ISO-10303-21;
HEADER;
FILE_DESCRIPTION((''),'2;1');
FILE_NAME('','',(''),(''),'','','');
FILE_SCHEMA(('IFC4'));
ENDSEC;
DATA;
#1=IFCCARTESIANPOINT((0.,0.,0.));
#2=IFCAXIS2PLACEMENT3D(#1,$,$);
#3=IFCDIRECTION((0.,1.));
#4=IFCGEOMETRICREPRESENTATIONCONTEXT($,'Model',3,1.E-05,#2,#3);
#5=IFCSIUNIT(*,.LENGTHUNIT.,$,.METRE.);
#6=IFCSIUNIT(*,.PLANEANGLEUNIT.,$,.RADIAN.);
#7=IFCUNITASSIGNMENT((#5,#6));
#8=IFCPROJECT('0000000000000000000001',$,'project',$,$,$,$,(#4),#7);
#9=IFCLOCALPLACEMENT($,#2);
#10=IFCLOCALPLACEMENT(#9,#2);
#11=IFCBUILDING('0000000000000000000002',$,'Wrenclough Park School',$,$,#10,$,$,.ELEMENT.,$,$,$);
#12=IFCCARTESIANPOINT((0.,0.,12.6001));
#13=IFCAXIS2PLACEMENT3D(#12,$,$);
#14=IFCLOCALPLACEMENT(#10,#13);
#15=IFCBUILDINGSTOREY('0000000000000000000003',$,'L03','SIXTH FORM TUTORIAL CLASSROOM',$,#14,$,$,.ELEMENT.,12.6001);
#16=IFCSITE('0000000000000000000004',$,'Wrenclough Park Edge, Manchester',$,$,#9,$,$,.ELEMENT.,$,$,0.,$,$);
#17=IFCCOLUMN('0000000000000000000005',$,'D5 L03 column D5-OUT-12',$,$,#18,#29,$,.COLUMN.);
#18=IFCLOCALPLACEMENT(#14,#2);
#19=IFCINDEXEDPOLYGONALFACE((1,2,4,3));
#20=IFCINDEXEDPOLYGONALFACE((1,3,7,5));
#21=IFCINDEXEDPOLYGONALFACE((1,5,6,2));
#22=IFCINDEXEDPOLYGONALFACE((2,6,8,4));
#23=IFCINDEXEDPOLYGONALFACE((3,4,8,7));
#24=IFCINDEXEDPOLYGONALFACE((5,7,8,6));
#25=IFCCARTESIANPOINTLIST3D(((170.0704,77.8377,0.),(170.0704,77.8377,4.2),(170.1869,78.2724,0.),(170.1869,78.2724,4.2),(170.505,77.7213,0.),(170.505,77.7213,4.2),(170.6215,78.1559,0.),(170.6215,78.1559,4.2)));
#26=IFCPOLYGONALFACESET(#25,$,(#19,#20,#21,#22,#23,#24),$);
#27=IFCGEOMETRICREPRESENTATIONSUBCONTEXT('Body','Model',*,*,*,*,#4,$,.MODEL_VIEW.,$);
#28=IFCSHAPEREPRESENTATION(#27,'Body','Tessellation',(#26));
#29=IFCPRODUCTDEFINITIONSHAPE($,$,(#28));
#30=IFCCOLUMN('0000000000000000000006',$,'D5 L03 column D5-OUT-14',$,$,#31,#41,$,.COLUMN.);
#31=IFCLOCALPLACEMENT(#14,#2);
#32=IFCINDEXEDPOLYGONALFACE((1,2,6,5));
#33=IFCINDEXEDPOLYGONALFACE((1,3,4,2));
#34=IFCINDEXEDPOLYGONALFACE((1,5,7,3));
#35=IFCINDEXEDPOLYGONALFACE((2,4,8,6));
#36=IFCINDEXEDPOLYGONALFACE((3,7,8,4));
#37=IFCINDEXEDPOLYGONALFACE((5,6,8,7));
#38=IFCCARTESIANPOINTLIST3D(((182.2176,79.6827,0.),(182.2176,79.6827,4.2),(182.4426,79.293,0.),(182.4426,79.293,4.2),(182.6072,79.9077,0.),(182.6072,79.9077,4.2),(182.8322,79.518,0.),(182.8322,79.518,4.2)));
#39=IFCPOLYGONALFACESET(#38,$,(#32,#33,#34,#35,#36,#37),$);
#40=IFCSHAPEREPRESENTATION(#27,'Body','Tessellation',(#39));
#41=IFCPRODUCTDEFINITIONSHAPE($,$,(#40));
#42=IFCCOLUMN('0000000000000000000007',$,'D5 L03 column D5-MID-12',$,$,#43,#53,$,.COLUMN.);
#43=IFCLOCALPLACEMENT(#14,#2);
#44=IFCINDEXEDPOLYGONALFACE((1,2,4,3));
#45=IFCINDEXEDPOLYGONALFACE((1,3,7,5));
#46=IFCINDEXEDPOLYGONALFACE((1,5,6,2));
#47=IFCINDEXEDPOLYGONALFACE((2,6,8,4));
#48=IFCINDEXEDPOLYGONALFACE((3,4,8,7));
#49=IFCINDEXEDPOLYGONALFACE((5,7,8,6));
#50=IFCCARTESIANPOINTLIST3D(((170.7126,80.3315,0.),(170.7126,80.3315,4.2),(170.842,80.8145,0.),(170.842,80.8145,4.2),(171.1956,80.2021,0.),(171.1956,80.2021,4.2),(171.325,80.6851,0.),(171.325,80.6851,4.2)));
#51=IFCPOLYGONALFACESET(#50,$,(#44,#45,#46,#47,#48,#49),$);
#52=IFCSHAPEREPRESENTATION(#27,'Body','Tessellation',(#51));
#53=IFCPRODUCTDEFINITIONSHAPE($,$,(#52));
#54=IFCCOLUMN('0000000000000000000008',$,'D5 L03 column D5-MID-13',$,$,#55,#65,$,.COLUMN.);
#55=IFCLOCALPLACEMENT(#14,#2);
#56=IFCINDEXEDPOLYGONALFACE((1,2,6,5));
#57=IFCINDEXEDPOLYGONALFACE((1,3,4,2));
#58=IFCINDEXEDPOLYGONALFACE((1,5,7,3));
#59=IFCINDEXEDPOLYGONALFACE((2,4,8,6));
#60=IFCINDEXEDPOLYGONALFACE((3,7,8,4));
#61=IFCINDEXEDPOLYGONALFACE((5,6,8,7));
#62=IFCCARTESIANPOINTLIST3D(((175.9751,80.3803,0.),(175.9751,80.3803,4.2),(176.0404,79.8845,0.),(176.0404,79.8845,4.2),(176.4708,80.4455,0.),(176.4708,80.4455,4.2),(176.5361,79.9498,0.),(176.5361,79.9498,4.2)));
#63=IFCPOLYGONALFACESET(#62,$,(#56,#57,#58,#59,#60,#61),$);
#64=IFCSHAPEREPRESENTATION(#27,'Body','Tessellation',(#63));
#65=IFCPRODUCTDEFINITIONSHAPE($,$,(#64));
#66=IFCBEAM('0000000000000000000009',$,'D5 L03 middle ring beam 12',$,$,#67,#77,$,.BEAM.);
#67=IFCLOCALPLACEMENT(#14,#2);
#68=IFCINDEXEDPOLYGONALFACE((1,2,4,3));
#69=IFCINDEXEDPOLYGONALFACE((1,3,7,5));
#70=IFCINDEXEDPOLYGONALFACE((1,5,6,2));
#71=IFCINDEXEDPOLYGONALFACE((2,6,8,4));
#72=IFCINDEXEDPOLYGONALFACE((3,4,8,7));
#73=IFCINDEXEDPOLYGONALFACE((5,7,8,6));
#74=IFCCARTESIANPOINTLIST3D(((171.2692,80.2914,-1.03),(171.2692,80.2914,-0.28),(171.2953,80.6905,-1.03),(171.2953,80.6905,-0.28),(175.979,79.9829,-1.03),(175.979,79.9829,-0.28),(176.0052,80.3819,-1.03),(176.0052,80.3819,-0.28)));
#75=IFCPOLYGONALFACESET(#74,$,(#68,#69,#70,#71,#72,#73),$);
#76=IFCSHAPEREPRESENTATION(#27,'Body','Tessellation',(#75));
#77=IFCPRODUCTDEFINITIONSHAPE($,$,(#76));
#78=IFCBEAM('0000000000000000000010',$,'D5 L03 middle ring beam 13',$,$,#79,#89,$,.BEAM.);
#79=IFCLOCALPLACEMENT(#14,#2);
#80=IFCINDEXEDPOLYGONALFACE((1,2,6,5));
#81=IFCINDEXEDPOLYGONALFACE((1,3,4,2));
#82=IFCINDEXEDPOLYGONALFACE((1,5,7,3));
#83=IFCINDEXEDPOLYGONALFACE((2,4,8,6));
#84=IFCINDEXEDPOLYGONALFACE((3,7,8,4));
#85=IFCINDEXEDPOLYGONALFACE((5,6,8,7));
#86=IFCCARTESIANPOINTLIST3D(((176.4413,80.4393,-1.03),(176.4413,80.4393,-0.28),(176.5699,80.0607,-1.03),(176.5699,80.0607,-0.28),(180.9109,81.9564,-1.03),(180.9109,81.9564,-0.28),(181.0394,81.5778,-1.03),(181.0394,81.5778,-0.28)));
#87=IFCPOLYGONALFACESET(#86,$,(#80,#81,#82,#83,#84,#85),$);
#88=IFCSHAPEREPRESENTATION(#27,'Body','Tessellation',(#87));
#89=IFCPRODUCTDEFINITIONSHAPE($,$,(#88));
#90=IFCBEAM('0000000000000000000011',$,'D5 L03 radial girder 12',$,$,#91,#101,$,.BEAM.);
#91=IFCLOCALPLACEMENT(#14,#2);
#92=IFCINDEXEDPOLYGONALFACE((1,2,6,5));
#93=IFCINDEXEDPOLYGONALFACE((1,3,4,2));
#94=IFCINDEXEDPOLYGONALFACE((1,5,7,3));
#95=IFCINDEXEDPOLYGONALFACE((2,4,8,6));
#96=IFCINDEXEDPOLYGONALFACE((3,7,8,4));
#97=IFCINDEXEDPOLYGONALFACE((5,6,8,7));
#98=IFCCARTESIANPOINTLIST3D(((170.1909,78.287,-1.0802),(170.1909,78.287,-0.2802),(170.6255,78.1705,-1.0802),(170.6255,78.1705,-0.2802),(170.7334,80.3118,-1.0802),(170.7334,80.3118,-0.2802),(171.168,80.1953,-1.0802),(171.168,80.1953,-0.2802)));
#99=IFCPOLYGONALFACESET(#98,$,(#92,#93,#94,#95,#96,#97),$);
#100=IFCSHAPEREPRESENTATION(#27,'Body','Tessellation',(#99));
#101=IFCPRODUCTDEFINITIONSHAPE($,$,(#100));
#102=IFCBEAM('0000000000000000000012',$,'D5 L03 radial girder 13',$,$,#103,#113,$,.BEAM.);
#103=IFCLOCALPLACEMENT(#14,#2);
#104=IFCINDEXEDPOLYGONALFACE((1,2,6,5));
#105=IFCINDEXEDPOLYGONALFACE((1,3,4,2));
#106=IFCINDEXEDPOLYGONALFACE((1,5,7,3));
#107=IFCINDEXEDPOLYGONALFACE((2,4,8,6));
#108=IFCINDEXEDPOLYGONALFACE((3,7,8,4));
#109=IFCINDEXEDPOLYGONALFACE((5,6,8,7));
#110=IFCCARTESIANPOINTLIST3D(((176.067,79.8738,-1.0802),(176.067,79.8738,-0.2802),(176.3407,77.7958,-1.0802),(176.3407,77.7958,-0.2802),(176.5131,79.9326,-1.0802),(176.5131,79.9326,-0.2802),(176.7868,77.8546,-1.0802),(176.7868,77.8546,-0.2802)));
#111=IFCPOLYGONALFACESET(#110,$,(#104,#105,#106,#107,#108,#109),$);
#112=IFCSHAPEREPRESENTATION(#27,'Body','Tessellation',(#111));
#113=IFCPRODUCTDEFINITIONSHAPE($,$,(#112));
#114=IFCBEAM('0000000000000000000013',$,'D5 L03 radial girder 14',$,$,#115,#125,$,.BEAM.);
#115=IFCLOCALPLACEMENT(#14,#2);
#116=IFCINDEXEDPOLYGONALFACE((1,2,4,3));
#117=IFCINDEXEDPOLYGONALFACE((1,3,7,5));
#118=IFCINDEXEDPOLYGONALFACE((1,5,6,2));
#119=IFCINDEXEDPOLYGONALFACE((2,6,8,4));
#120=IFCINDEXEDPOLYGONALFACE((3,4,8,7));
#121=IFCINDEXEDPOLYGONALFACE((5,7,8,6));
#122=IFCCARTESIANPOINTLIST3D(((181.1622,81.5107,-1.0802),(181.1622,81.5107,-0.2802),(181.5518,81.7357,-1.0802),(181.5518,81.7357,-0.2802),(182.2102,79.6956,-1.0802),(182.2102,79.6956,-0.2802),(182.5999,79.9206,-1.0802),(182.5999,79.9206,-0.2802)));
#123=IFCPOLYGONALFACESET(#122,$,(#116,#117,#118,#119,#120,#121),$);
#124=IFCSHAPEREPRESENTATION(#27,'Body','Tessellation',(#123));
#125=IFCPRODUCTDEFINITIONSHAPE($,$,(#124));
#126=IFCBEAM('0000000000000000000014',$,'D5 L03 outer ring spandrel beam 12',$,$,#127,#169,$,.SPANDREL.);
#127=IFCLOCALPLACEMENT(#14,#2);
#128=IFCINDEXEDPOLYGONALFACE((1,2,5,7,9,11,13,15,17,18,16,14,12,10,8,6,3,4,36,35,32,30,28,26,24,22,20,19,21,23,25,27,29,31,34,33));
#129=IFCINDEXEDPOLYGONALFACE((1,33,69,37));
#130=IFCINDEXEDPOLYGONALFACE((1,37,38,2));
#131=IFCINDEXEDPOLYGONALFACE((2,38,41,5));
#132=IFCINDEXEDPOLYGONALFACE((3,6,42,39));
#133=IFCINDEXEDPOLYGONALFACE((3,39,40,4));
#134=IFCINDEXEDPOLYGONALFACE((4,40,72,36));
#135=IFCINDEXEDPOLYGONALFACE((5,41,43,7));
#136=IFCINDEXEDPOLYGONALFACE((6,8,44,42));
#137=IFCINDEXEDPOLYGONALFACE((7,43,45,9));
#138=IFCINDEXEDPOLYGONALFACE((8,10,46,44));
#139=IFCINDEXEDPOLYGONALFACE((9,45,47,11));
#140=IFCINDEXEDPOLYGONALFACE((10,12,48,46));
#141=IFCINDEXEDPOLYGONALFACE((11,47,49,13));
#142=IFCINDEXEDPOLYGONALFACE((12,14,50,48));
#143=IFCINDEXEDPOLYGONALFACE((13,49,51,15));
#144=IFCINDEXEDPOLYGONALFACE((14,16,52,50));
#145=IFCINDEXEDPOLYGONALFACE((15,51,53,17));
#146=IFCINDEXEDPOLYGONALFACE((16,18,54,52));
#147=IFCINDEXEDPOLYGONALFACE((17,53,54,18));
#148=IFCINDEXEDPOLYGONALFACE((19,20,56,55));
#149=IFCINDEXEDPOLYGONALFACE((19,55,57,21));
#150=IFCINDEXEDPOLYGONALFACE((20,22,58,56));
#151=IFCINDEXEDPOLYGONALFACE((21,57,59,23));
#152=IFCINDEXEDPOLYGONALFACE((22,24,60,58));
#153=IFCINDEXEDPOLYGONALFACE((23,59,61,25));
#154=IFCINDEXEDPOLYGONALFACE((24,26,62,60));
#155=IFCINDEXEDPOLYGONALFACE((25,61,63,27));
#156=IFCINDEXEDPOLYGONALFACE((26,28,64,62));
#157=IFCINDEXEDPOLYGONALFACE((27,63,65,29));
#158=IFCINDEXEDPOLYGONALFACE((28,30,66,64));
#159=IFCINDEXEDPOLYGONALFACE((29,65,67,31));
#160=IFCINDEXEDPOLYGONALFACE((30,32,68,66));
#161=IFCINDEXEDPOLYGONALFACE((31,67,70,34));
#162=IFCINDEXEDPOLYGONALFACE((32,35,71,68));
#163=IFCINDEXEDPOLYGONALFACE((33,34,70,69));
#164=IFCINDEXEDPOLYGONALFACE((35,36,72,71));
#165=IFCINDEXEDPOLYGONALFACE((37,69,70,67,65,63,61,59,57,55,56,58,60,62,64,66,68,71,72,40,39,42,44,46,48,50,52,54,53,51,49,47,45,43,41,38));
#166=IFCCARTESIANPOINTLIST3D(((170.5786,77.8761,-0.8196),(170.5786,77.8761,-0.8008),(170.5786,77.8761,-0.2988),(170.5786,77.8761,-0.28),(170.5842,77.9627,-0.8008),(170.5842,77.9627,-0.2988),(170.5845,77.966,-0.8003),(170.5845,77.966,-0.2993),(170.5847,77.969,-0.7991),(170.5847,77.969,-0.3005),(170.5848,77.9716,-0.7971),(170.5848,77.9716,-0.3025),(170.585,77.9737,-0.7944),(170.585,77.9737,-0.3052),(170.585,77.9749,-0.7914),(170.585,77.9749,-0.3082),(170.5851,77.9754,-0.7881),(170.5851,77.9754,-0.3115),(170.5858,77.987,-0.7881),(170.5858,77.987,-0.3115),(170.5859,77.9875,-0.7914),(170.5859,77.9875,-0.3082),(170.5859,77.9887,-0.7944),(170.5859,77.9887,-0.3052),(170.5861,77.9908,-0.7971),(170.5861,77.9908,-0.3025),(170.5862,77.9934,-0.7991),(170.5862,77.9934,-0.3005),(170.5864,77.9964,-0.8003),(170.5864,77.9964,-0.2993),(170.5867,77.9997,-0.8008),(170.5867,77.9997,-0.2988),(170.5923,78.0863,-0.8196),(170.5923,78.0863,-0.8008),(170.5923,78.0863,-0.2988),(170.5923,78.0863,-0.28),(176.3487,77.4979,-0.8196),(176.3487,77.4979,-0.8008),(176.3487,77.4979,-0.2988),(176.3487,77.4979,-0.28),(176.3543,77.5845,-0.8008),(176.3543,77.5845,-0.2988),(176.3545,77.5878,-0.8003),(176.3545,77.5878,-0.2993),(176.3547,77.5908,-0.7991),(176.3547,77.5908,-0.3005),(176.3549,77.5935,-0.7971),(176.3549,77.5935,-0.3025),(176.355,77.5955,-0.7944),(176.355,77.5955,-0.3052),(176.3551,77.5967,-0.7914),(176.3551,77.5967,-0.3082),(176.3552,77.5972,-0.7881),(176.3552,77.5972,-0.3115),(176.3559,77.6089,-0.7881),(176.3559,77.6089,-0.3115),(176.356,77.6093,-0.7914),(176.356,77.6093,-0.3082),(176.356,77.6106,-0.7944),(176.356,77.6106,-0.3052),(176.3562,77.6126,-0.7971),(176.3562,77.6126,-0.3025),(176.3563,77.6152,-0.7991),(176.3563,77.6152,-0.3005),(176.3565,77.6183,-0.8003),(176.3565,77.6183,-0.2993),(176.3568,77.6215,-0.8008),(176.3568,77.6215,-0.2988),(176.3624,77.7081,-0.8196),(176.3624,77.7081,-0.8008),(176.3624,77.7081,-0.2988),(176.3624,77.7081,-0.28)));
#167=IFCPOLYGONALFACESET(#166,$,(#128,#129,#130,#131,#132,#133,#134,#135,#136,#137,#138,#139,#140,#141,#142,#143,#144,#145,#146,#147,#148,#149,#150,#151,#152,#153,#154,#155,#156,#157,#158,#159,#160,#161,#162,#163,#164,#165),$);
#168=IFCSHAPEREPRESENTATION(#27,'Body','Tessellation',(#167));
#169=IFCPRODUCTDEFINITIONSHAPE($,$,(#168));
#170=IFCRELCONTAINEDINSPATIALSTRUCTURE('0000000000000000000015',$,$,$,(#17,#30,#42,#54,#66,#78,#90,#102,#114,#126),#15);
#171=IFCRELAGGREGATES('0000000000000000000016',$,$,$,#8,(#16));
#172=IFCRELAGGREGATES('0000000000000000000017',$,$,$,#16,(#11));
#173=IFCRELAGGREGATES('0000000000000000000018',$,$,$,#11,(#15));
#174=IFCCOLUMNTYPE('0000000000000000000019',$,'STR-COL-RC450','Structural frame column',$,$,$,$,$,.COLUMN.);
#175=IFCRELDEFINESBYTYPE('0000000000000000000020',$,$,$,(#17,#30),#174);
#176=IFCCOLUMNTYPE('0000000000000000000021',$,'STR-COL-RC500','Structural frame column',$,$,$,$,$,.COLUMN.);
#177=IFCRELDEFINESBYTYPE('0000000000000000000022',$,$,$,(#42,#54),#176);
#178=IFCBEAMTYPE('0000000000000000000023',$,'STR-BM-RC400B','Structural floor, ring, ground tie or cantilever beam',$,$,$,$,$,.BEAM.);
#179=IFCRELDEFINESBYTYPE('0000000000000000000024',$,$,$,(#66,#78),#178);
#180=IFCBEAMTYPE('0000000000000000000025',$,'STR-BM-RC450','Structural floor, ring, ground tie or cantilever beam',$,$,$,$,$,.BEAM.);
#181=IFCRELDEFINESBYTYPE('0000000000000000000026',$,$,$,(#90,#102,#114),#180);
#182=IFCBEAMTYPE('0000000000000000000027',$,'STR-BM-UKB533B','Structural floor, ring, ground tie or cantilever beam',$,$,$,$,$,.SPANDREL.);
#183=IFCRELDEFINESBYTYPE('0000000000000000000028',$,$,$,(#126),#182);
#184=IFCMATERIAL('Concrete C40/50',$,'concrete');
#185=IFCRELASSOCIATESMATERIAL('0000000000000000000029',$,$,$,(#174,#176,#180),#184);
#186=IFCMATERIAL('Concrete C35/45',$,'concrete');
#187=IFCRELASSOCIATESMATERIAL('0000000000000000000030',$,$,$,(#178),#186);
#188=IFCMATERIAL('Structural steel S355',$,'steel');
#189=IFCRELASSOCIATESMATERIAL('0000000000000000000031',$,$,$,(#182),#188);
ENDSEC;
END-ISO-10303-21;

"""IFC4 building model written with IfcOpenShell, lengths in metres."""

from ifc_helpers import new_model, si_unit, direction, frame, origin, origin_2d, place, context, subcontext, project, spatial, rectangle, i_section, extrude, material, material_profile, profile_set, type_object, element, save


model = new_model("IFC4")

# Units and contexts
model_context = context("Model", 3, precision=1e-05, world=origin(), true_north=direction((0.0, 1.0)))
body_context = subcontext(model_context, "Body", "Model", "MODEL_VIEW")
ifc_project = project(units=[si_unit("LENGTHUNIT", "METRE"), si_unit("PLANEANGLEUNIT", "RADIAN")], contexts=[model_context])

# Site, building, storey
site_placement = place(None, origin())
site = spatial("IfcSite", under=ifc_project, at=site_placement, Name="Wrenclough Park Edge, Manchester", CompositionType="ELEMENT", RefElevation=0.0)
building_placement = place(site_placement, origin())
building = spatial("IfcBuilding", under=site, at=building_placement, Name="Wrenclough Park School", CompositionType="ELEMENT")
storey_placement = place(building_placement, frame((0.0, 0.0, 12.6001)))
storey = spatial("IfcBuildingStorey", under=building, at=storey_placement, Name="L03", Description="SIXTH FORM TUTORIAL CLASSROOM", CompositionType="ELEMENT", Elevation=12.6001)

# Columns
ifc_material_1 = material(Name="Concrete C40/50", Category="concrete")
ifc_material_profile_1 = material_profile(ifc_material_1, rectangle(XDim=0.45, YDim=0.45, at=origin_2d()), Name="RC COL 450x450")
ifc_profile_set_1 = profile_set([ifc_material_profile_1], Name="Concrete C40/50")
column_type_1 = type_object("IfcColumnType", Name="STR-COL-RC450", Description="Structural frame column", PredefinedType="COLUMN", material=ifc_profile_set_1)
for number, where, z_axis, x_axis, name in (
    (1, (170.3459, 77.9968, 0.0), (0.0, 0.0, 1.0), (0.965926, -0.258819, 0.0), "D5 L03 column D5-OUT-12"),
    (2, (182.5249, 79.6003, 0.0), (0.0, 0.0, 1.0), (0.866025, 0.5, 0.0), "D5 L03 column D5-OUT-14"),
):
    element("IfcColumn", number, at=place(storey_placement, frame(where, z_axis=z_axis, x_axis=x_axis)), inside=storey, type_object=column_type_1, Name=name, PredefinedType="COLUMN", context=body_context, shape_type="SweptSolid", body=[
        extrude(rectangle(XDim=0.45, YDim=0.45, at=origin_2d()), origin(), (0.0, 0.0, 1.0), 4.2),
    ])
ifc_material_profile_2 = material_profile(ifc_material_1, rectangle(XDim=0.5, YDim=0.5, at=origin_2d()), Name="RC COL 500x500")
ifc_profile_set_2 = profile_set([ifc_material_profile_2], Name="Concrete C40/50")
column_type_2 = type_object("IfcColumnType", Name="STR-COL-RC500", Description="Structural frame column", PredefinedType="COLUMN", material=ifc_profile_set_2)
for number, where, z_axis, x_axis, name in (
    (3, (171.0188, 80.5083, 0.0), (0.0, 0.0, 1.0), (0.965926, -0.258819, 0.0), "D5 L03 column D5-MID-12"),
    (4, (176.2556, 80.165, 0.0), (0.0, 0.0, 1.0), (0.991445, 0.130526, 0.0), "D5 L03 column D5-MID-13"),
):
    element("IfcColumn", number, at=place(storey_placement, frame(where, z_axis=z_axis, x_axis=x_axis)), inside=storey, type_object=column_type_2, Name=name, PredefinedType="COLUMN", context=body_context, shape_type="SweptSolid", body=[
        extrude(rectangle(XDim=0.5, YDim=0.5, at=origin_2d()), origin(), (0.0, 0.0, 1.0), 4.2),
    ])

# Beams
ifc_material_2 = material(Name="Concrete C35/45", Category="concrete")
ifc_material_profile_3 = material_profile(ifc_material_2, rectangle(XDim=0.3999, YDim=0.75, at=origin_2d()), Name="RC BEAM 400x750")
ifc_profile_set_3 = profile_set([ifc_material_profile_3], Name="Concrete C35/45")
beam_type_1 = type_object("IfcBeamType", Name="STR-BM-RC400B", Description="Structural floor, ring, ground tie or cantilever beam", PredefinedType="BEAM", material=ifc_profile_set_3)
for number, where, z_axis, x_axis, name in (
    (5, (171.2822, 80.491, -0.655), (0.99786, -0.065379, 0.0), (0.065379, 0.99786, 0.0), "D5 L03 middle ring beam 12"),
    (6, (176.5056, 80.25, -0.655), (0.946936, 0.321421, 0.0), (-0.321421, 0.946936, 0.0), "D5 L03 middle ring beam 13"),
):
    element("IfcBeam", number, at=place(storey_placement, frame(where, z_axis=z_axis, x_axis=x_axis)), inside=storey, type_object=beam_type_1, Name=name, PredefinedType="BEAM", context=body_context, shape_type="SweptSolid", body=[
        extrude(rectangle(XDim=0.3999, YDim=0.75, at=origin_2d()), origin(), (0.0, 0.0, 1.0), 4.72),
    ])
ifc_material_profile_4 = material_profile(ifc_material_1, rectangle(XDim=0.45, YDim=0.8, at=origin_2d()), Name="RC BEAM 450x800")
ifc_profile_set_4 = profile_set([ifc_material_profile_4], Name="Concrete C40/50")
beam_type_2 = type_object("IfcBeamType", Name="STR-BM-RC450", Description="Structural floor, ring, ground tie or cantilever beam", PredefinedType="BEAM", material=ifc_profile_set_4)
beam_1_placement = place(storey_placement, frame((170.4082, 78.2288, -0.6802), z_axis=(0.258808, 0.965929, 0.0), x_axis=(-0.965929, 0.258808, 0.0)))
element("IfcBeam", 7, at=beam_1_placement, inside=storey, type_object=beam_type_2, Name="D5 L03 radial girder 12", PredefinedType="BEAM", context=body_context, shape_type="SweptSolid", body=[
    extrude(rectangle(XDim=0.45, YDim=0.8, at=origin_2d()), origin(), (0.0, 0.0, 1.0), 2.0962),
])
for number, where, z_axis, x_axis, name in (
    (8, (176.5637, 77.8252, -0.6802), (-0.130569, 0.991439, 0.0), (-0.991439, -0.130569, 0.0), "D5 L03 radial girder 13"),
    (9, (182.405, 79.8081, -0.6802), (-0.500035, 0.866005, 0.0), (-0.866005, -0.500035, 0.0), "D5 L03 radial girder 14"),
):
    element("IfcBeam", number, at=place(storey_placement, frame(where, z_axis=z_axis, x_axis=x_axis)), inside=storey, type_object=beam_type_2, Name=name, PredefinedType="BEAM", context=body_context, shape_type="SweptSolid", body=[
        extrude(rectangle(XDim=0.45, YDim=0.8, at=origin_2d()), origin(), (0.0, 0.0, 1.0), 2.0959),
    ])
ifc_material_3 = material(Name="Structural steel S355", Category="steel")
ifc_material_profile_5 = material_profile(ifc_material_3, i_section(OverallWidth=0.2107, OverallDepth=0.5396, WebThickness=0.0117, FlangeThickness=0.0188, FilletRadius=0.0127, at=origin_2d()), Name="UKB 533x210x109")
ifc_profile_set_5 = profile_set([ifc_material_profile_5], Name="Structural steel S355")
beam_type_3 = type_object("IfcBeamType", Name="STR-BM-UKB533B", Description="Structural floor, ring, ground tie or cantilever beam", PredefinedType="SPANDREL", material=ifc_profile_set_5)
beam_2_placement = place(storey_placement, frame((170.5854, 77.9812, -0.5498), z_axis=(0.997859, -0.065401, 0.0), x_axis=(0.065401, 0.997859, 0.0)))
element("IfcBeam", 10, at=beam_2_placement, inside=storey, type_object=beam_type_3, Name="D5 L03 outer ring spandrel beam 12", PredefinedType="SPANDREL", context=body_context, shape_type="SweptSolid", body=[
    extrude(i_section(OverallWidth=0.2107, OverallDepth=0.5396, WebThickness=0.0117, FlangeThickness=0.0188, FilletRadius=0.0127, at=origin_2d()), origin(), (0.0, 0.0, 1.0), 5.7825),
])

save(model, "model.ifc")
